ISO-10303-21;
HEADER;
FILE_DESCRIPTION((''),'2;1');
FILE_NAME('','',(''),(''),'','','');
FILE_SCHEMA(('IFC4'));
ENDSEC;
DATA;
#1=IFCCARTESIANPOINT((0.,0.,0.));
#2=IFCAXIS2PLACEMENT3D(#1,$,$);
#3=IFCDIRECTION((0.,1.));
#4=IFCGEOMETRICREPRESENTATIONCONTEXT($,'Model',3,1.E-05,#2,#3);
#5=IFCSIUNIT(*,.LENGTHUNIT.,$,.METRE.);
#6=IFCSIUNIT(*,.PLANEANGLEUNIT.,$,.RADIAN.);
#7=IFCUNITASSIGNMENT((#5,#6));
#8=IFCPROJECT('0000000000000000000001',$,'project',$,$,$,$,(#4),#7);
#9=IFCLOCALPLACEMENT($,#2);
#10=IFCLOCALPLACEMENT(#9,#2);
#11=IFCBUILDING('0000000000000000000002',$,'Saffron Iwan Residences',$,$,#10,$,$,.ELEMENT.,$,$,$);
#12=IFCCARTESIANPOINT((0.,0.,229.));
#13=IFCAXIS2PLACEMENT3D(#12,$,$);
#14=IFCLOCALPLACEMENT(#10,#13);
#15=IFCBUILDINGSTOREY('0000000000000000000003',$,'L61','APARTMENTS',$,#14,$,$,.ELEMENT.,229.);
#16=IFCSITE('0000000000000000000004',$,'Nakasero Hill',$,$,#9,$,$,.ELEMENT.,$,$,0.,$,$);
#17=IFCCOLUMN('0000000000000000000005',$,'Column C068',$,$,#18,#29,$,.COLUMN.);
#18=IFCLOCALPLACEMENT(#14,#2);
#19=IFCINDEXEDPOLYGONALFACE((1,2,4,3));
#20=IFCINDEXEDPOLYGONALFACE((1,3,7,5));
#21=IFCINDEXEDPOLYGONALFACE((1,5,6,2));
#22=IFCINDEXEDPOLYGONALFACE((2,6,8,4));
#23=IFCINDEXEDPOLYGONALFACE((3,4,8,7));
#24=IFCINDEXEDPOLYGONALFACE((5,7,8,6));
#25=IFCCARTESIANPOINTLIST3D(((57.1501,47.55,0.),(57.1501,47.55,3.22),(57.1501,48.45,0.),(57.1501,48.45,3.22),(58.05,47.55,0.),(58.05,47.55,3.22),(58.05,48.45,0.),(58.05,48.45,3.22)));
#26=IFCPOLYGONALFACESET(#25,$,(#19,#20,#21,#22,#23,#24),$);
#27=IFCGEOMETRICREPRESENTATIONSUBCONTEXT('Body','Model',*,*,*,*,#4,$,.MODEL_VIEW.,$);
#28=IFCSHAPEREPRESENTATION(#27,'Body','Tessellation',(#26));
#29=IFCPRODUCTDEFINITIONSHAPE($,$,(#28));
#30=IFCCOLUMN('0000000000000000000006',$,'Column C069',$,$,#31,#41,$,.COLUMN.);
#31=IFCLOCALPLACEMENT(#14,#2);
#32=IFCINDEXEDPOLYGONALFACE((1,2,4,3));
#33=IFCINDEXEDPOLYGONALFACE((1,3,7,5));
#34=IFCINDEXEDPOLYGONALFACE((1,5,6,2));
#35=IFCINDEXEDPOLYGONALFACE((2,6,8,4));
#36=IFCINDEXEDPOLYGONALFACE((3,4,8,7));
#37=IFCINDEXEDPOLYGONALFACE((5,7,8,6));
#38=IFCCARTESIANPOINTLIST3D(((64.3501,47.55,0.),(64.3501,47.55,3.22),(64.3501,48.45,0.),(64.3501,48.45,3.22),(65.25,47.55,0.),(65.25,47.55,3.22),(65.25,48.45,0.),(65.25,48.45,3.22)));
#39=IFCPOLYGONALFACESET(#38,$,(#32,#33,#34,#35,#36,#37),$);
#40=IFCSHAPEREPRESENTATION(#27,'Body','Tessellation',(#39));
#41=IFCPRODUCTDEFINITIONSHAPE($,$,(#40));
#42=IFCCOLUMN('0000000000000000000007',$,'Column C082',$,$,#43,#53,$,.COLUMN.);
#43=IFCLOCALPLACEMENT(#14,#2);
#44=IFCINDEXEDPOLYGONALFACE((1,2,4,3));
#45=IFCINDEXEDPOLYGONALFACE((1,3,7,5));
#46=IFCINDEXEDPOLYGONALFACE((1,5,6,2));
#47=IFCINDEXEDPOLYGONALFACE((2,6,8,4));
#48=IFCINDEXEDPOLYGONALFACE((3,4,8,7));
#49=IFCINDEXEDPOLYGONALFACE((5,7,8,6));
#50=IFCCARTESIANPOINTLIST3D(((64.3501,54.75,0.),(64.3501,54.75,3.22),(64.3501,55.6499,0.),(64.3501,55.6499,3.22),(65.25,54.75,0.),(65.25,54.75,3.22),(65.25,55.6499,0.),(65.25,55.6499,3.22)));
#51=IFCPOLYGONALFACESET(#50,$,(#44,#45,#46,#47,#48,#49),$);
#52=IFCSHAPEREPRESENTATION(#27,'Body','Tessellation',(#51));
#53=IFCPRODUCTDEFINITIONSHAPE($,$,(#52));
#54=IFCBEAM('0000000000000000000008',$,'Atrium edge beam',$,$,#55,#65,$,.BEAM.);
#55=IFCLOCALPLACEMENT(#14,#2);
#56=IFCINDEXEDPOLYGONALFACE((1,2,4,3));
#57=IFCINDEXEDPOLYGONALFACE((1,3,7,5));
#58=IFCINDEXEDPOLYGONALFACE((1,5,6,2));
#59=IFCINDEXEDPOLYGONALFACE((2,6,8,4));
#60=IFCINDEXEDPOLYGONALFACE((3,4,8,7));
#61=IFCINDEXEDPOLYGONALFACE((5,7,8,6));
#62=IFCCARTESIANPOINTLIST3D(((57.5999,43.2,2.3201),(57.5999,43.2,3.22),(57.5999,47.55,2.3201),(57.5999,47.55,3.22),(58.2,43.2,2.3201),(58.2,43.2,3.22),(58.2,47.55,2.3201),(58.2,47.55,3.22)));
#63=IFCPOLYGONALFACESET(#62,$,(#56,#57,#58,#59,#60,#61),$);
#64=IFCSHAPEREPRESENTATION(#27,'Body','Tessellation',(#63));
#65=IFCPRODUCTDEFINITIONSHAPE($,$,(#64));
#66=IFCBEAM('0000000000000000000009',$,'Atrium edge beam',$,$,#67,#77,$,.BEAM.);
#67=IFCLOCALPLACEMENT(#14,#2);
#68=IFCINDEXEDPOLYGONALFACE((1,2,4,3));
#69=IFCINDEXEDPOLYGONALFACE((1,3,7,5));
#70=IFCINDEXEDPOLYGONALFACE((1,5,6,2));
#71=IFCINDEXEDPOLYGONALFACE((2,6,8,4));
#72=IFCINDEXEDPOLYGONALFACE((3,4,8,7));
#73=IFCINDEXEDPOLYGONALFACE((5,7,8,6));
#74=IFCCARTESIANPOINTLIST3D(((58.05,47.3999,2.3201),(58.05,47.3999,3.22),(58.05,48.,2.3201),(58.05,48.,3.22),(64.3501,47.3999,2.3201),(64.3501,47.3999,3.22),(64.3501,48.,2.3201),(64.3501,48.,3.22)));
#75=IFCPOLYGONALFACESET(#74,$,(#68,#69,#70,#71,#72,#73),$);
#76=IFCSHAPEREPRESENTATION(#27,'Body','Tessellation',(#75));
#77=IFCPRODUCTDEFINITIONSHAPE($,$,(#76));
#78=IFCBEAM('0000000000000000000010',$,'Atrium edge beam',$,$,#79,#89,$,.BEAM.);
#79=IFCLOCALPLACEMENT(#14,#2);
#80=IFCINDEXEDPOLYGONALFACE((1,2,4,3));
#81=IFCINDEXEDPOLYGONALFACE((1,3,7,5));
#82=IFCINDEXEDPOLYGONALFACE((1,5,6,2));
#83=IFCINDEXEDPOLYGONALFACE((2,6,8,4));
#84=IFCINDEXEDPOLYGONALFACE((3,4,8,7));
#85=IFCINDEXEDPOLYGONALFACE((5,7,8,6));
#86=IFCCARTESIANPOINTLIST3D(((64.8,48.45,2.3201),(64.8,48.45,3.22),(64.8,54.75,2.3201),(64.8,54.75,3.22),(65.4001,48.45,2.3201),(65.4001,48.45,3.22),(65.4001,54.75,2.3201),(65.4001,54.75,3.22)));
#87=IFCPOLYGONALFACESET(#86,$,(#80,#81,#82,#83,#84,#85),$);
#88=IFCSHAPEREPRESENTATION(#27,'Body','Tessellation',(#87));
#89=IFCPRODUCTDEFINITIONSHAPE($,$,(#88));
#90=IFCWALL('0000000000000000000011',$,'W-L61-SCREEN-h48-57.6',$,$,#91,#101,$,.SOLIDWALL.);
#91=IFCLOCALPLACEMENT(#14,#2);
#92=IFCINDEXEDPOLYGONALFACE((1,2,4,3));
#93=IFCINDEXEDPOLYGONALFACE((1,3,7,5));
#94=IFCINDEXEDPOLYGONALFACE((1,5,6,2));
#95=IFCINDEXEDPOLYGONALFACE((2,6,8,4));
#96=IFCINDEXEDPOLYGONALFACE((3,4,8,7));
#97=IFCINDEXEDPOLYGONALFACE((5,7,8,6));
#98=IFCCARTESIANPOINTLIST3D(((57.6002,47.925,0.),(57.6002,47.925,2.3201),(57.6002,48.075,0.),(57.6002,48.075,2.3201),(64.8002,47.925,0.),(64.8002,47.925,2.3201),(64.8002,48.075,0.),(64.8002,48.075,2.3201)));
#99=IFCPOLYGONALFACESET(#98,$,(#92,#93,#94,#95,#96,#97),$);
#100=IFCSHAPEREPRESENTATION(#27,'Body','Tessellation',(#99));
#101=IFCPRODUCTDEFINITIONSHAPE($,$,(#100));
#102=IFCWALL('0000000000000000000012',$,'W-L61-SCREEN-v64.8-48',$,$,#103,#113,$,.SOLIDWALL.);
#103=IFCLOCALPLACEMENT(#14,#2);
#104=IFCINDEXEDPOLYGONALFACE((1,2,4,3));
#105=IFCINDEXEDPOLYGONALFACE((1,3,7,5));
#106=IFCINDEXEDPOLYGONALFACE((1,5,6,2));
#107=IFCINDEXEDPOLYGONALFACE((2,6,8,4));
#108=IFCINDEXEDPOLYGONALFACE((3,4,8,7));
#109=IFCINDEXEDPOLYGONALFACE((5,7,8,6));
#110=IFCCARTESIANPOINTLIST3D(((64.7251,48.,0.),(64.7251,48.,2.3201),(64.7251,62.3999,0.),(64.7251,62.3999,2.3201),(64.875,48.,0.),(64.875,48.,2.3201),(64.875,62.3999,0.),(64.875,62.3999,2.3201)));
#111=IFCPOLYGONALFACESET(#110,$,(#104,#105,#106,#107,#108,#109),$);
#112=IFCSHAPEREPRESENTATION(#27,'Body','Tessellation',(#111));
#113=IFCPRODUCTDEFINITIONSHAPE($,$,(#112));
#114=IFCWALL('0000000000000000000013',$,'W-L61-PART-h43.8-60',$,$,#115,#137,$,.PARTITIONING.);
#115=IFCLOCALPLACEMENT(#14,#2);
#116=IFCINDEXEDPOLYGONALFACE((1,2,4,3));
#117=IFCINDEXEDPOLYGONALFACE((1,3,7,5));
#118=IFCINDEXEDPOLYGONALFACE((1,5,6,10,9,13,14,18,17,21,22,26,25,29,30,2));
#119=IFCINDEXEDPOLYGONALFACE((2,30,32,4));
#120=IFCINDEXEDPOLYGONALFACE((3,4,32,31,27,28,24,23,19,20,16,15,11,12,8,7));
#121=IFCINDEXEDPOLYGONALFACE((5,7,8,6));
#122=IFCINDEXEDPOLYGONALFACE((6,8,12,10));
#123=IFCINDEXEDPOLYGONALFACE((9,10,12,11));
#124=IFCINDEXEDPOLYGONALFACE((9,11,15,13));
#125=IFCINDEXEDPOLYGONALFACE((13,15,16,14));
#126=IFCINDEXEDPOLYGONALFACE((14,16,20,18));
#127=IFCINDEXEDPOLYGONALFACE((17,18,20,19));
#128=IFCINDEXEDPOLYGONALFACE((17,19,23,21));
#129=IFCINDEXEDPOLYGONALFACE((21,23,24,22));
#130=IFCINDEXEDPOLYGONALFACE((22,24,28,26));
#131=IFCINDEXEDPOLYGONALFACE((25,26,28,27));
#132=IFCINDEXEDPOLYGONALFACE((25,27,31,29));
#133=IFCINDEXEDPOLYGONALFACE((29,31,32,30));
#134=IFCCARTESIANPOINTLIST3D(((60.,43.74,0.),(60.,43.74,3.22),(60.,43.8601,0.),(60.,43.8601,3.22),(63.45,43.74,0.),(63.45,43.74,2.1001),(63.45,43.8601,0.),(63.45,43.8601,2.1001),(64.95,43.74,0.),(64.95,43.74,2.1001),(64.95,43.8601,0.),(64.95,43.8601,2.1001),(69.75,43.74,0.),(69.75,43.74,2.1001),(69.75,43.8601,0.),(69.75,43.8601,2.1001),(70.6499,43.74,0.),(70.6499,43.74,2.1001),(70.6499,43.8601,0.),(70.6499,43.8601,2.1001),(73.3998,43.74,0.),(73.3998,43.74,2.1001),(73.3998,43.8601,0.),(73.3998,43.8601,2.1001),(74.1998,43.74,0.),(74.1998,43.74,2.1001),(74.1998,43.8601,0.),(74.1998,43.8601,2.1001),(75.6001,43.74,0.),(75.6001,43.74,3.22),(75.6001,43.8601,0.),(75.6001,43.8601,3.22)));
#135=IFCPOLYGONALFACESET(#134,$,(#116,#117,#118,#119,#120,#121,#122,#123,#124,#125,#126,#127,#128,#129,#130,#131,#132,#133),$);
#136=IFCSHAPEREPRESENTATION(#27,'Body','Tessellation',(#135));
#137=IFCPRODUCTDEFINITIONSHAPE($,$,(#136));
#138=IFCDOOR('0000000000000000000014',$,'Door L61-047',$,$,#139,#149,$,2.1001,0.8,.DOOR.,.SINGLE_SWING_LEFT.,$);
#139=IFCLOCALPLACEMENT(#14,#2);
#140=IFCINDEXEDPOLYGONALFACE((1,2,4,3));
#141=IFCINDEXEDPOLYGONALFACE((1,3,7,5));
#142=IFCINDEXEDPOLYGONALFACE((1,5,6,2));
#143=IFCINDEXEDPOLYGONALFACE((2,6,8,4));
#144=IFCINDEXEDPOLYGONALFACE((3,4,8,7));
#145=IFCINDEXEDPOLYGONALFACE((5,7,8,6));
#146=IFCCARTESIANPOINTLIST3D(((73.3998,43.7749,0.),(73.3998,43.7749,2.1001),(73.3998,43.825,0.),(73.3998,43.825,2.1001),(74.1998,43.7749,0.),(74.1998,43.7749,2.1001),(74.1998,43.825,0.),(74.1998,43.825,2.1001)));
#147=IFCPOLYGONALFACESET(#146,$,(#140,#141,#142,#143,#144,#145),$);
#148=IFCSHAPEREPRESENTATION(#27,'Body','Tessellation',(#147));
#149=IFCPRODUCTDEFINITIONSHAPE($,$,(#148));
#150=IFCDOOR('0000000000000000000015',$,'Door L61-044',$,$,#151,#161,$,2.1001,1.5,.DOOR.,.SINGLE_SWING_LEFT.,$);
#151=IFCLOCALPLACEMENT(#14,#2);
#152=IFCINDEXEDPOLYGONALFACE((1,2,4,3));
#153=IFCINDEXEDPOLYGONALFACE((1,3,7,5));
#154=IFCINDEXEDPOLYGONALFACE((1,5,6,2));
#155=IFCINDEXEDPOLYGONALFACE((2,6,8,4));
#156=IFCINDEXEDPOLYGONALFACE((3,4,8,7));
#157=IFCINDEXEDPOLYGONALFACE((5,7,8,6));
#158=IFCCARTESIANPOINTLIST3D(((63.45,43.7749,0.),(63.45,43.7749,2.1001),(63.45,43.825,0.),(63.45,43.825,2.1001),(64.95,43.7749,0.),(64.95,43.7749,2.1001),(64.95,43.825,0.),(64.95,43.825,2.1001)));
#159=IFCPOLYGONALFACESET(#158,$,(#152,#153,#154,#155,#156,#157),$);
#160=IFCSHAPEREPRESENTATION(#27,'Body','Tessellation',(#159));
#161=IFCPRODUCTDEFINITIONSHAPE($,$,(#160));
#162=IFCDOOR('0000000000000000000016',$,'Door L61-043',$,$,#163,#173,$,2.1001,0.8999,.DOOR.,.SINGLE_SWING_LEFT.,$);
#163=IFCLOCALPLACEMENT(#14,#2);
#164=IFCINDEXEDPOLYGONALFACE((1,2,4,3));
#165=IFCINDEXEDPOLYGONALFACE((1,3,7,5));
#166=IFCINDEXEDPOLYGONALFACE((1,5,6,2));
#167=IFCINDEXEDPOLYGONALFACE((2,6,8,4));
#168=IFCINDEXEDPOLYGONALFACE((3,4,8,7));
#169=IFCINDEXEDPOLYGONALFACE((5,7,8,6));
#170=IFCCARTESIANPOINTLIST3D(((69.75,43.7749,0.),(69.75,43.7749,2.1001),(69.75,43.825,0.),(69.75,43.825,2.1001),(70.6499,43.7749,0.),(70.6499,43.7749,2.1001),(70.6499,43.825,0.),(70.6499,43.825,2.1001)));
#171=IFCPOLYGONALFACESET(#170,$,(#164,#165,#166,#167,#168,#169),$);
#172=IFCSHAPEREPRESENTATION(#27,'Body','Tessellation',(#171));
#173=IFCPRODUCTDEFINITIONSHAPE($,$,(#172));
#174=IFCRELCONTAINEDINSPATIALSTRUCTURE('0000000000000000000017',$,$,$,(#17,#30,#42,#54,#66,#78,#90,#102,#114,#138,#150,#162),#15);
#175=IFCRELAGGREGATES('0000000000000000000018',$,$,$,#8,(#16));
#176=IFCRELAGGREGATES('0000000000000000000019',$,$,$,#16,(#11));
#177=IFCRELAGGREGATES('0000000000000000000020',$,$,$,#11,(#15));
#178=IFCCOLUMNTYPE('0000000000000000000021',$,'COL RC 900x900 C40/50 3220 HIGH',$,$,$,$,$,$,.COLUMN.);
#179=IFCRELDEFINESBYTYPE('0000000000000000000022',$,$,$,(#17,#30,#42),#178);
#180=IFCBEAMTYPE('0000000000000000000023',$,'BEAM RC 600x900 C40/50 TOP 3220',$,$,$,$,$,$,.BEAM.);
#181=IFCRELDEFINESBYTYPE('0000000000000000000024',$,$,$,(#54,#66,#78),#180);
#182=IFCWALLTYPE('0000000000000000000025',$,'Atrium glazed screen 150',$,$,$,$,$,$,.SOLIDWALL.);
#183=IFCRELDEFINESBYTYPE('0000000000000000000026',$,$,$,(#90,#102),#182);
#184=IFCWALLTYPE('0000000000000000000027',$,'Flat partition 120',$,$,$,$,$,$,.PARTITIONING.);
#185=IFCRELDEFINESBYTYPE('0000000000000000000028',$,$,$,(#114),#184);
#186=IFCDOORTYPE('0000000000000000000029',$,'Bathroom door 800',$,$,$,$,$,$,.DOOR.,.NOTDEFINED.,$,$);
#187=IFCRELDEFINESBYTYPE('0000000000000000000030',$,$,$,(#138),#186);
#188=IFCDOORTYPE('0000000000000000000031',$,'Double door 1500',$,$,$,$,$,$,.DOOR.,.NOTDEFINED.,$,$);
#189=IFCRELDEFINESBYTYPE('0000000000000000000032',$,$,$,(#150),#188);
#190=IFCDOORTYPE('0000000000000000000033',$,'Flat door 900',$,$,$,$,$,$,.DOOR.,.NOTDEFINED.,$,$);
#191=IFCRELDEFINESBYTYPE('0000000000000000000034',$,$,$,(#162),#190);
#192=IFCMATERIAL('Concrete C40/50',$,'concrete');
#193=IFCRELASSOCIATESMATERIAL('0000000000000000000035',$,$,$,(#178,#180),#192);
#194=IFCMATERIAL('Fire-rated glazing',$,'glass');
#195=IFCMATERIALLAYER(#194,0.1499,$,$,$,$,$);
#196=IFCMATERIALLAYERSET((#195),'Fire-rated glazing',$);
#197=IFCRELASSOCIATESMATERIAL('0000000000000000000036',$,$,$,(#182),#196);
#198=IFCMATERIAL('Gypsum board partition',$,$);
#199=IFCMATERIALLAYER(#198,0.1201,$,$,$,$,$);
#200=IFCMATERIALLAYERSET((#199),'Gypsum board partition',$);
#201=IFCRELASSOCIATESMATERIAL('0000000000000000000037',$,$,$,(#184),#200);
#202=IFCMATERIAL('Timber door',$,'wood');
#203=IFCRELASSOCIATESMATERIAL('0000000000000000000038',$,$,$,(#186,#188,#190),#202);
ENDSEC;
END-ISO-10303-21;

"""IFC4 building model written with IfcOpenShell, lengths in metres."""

from ifc_helpers import new_model, si_unit, direction, frame, frame_2d, origin, origin_2d, place, context, subcontext, project, spatial, rectangle, extrude, source, transform, mapped, material, layer, layer_set, material_profile, profile_set, type_object, element, fill, save


model = new_model("IFC4")

# Units and contexts
model_context = context("Model", 3, precision=1e-05, world=origin(), true_north=direction((0.0, 1.0)))
body_context = subcontext(model_context, "Body", "Model", "MODEL_VIEW")
ifc_project = project(units=[si_unit("LENGTHUNIT", "METRE"), si_unit("PLANEANGLEUNIT", "RADIAN")], contexts=[model_context])

# Site, building, storey
site_placement = place(None, origin())
site = spatial("IfcSite", under=ifc_project, at=site_placement, Name="Nakasero Hill", CompositionType="ELEMENT", RefElevation=0.0)
building_placement = place(site_placement, origin())
building = spatial("IfcBuilding", under=site, at=building_placement, Name="Saffron Iwan Residences", CompositionType="ELEMENT")
storey_placement = place(building_placement, frame((0.0, 0.0, 229.0)))
storey = spatial("IfcBuildingStorey", under=building, at=storey_placement, Name="L61", Description="APARTMENTS", CompositionType="ELEMENT", Elevation=229.0)

# Columns
ifc_material_1 = material(Name="Concrete C40/50", Category="concrete")
ifc_material_profile_1 = material_profile(ifc_material_1, rectangle(XDim=0.8999, YDim=0.8999, at=origin_2d()), Name="RC 900x900")
ifc_profile_set_1 = profile_set([ifc_material_profile_1], Name="Concrete C40/50")
column_type = type_object("IfcColumnType", Name="COL RC 900x900 C40/50 3220 HIGH", PredefinedType="COLUMN", material=ifc_profile_set_1)
shared_shape_1 = source(origin(), body_context, "Body", "SweptSolid", [
    extrude(rectangle(XDim=0.8999, YDim=0.8999, at=origin_2d()), origin(), (0.0, 0.0, 1.0), 3.22),
])
for number, where, z_axis, x_axis, name in (
    (1, (57.6001, 48.0, 0.0), (0.0, 0.0, 1.0), (1.0, 0.0, 0.0), "Column C068"),
    (2, (64.8, 48.0, 0.0), (0.0, 0.0, 1.0), (1.0, 0.0, 0.0), "Column C069"),
    (3, (64.8, 55.2, 0.0), (0.0, 0.0, 1.0), (1.0, 0.0, 0.0), "Column C082"),
):
    element("IfcColumn", number, at=place(storey_placement, frame(where, z_axis=z_axis, x_axis=x_axis)), inside=storey, type_object=column_type, Name=name, PredefinedType="COLUMN", context=body_context, shape_type="MappedRepresentation", body=[
        mapped(shared_shape_1, transform((0.0, 0.0, 0.0))),
    ])

# Beams
ifc_material_profile_2 = material_profile(ifc_material_1, rectangle(XDim=0.6001, YDim=0.8999, at=origin_2d()), Name="RC 600x900")
ifc_profile_set_2 = profile_set([ifc_material_profile_2], Name="Concrete C40/50")
beam_type = type_object("IfcBeamType", Name="BEAM RC 600x900 C40/50 TOP 3220", PredefinedType="BEAM", material=ifc_profile_set_2)
shared_shape_2 = source(origin(), body_context, "Body", "SweptSolid", [
    extrude(rectangle(XDim=0.6001, YDim=0.8999, at=origin_2d()), origin(), (0.0, 0.0, 1.0), 4.3501),
])
beam_placement = place(storey_placement, frame((57.8999, 47.55, 2.77), z_axis=(0.0, -1.0, 0.0), x_axis=(1.0, 0.0, 0.0)))
element("IfcBeam", 4, at=beam_placement, inside=storey, type_object=beam_type, Name="Atrium edge beam", PredefinedType="BEAM", context=body_context, shape_type="MappedRepresentation", body=[
    mapped(shared_shape_2, transform((0.0, 0.0, 0.0))),
])
shared_shape_3 = source(origin(), body_context, "Body", "SweptSolid", [
    extrude(rectangle(XDim=0.6001, YDim=0.8999, at=origin_2d()), origin(), (0.0, 0.0, 1.0), 6.3),
])
for number, where, z_axis, x_axis, name in (
    (5, (64.3501, 47.7, 2.77), (-1.0, 0.0, 0.0), (0.0, -1.0, 0.0), "Atrium edge beam"),
    (6, (65.1001, 54.75, 2.77), (0.0, -1.0, 0.0), (1.0, 0.0, 0.0), "Atrium edge beam"),
):
    element("IfcBeam", number, at=place(storey_placement, frame(where, z_axis=z_axis, x_axis=x_axis)), inside=storey, type_object=beam_type, Name=name, PredefinedType="BEAM", context=body_context, shape_type="MappedRepresentation", body=[
        mapped(shared_shape_3, transform((0.0, 0.0, 0.0))),
    ])

# Walls
ifc_material_2 = material(Name="Fire-rated glazing", Category="glass")
ifc_layer_1 = layer(ifc_material_2, 0.1499)
ifc_layer_set_1 = layer_set([ifc_layer_1], Name="Fire-rated glazing")
wall_type_1 = type_object("IfcWallType", Name="Atrium glazed screen 150", PredefinedType="SOLIDWALL", material=ifc_layer_set_1)
wall_1_placement = place(storey_placement, frame((57.6001, 48.0, 0.0), z_axis=(0.0, 0.0, 1.0), x_axis=(1.0, 0.0, 0.0)))
element("IfcWall", 7, at=wall_1_placement, inside=storey, type_object=wall_type_1, Name="W-L61-SCREEN-h48-57.6", PredefinedType="SOLIDWALL", context=body_context, shape_type="SweptSolid", body=[
    extrude(rectangle(XDim=7.2, YDim=0.1499, at=frame_2d((3.6001, 0.0))), origin(), (0.0, 0.0, 1.0), 2.3201),
])
wall_2_placement = place(storey_placement, frame((64.8, 48.0, 0.0), z_axis=(0.0, 0.0, 1.0), x_axis=(0.0, 1.0, 0.0)))
element("IfcWall", 8, at=wall_2_placement, inside=storey, type_object=wall_type_1, Name="W-L61-SCREEN-v64.8-48", PredefinedType="SOLIDWALL", context=body_context, shape_type="SweptSolid", body=[
    extrude(rectangle(XDim=14.3999, YDim=0.1499, at=frame_2d((7.2, 0.0))), origin(), (0.0, 0.0, 1.0), 2.3201),
])

# Wall, openings, doors
ifc_material_3 = material(Name="Gypsum board partition")
ifc_layer_2 = layer(ifc_material_3, 0.1201)
ifc_layer_set_2 = layer_set([ifc_layer_2], Name="Gypsum board partition")
wall_type_2 = type_object("IfcWallType", Name="Flat partition 120", PredefinedType="PARTITIONING", material=ifc_layer_set_2)
wall_3_placement = place(storey_placement, frame((60.0, 43.8, 0.0), z_axis=(0.0, 0.0, 1.0), x_axis=(1.0, 0.0, 0.0)))
wall_3 = element("IfcWall", 9, at=wall_3_placement, inside=storey, type_object=wall_type_2, Name="W-L61-PART-h43.8-60", PredefinedType="PARTITIONING", context=body_context, shape_type="SweptSolid", body=[
    extrude(rectangle(XDim=15.6001, YDim=0.1201, at=frame_2d((7.8, 0.0))), origin(), (0.0, 0.0, 1.0), 3.22),
])
opening_1_placement = place(wall_3_placement, frame((9.75, 0.0, 0.0)))
opening_1 = element("IfcOpeningElement", 10, at=opening_1_placement, cuts=wall_3, PredefinedType="OPENING", context=body_context, shape_type="SweptSolid", body=[
    extrude(rectangle(XDim=0.8999, YDim=2.1001, at=frame_2d((0.45, 1.05))), frame((0.0, 0.0701, 0.0), z_axis=(0.0, -1.0, 0.0), x_axis=(1.0, 0.0, 0.0)), (0.0, 0.0, 1.0), 0.1401),
])
opening_2_placement = place(wall_3_placement, frame((3.45, 0.0, 0.0)))
opening_2 = element("IfcOpeningElement", 11, at=opening_2_placement, cuts=wall_3, PredefinedType="OPENING", context=body_context, shape_type="SweptSolid", body=[
    extrude(rectangle(XDim=1.5, YDim=2.1001, at=frame_2d((0.75, 1.05))), frame((0.0, 0.0701, 0.0), z_axis=(0.0, -1.0, 0.0), x_axis=(1.0, 0.0, 0.0)), (0.0, 0.0, 1.0), 0.1401),
])
opening_3_placement = place(wall_3_placement, frame((13.3999, 0.0, 0.0)))
opening_3 = element("IfcOpeningElement", 12, at=opening_3_placement, cuts=wall_3, PredefinedType="OPENING", context=body_context, shape_type="SweptSolid", body=[
    extrude(rectangle(XDim=0.8, YDim=2.1001, at=frame_2d((0.3999, 1.05))), frame((0.0, 0.0701, 0.0), z_axis=(0.0, -1.0, 0.0), x_axis=(1.0, 0.0, 0.0)), (0.0, 0.0, 1.0), 0.1401),
])
ifc_material_4 = material(Name="Timber door", Category="wood")
door_type_1 = type_object("IfcDoorType", Name="Bathroom door 800", OperationType="NOTDEFINED", PredefinedType="DOOR", material=ifc_material_4)
door_1_placement = place(opening_3_placement, origin())
door_1 = element("IfcDoor", 13, at=door_1_placement, inside=storey, type_object=door_type_1, Name="Door L61-047", OperationType="SINGLE_SWING_LEFT", OverallHeight=2.1001, OverallWidth=0.8, PredefinedType="DOOR", context=body_context, shape_type="SweptSolid", body=[
    extrude(rectangle(XDim=0.8, YDim=2.1001, at=frame_2d((0.3999, 1.05))), frame((0.0, 0.0249, 0.0), z_axis=(0.0, -1.0, 0.0), x_axis=(1.0, 0.0, 0.0)), (0.0, 0.0, 1.0), 0.05),
])
fill(opening_3, door_1)
door_type_2 = type_object("IfcDoorType", Name="Double door 1500", OperationType="NOTDEFINED", PredefinedType="DOOR", material=ifc_material_4)
door_2_placement = place(opening_2_placement, origin())
door_2 = element("IfcDoor", 14, at=door_2_placement, inside=storey, type_object=door_type_2, Name="Door L61-044", OperationType="SINGLE_SWING_LEFT", OverallHeight=2.1001, OverallWidth=1.5, PredefinedType="DOOR", context=body_context, shape_type="SweptSolid", body=[
    extrude(rectangle(XDim=1.5, YDim=2.1001, at=frame_2d((0.75, 1.05))), frame((0.0, 0.0249, 0.0), z_axis=(0.0, -1.0, 0.0), x_axis=(1.0, 0.0, 0.0)), (0.0, 0.0, 1.0), 0.05),
])
fill(opening_2, door_2)
door_type_3 = type_object("IfcDoorType", Name="Flat door 900", OperationType="NOTDEFINED", PredefinedType="DOOR", material=ifc_material_4)
door_3_placement = place(opening_1_placement, origin())
door_3 = element("IfcDoor", 15, at=door_3_placement, inside=storey, type_object=door_type_3, Name="Door L61-043", OperationType="SINGLE_SWING_LEFT", OverallHeight=2.1001, OverallWidth=0.8999, PredefinedType="DOOR", context=body_context, shape_type="SweptSolid", body=[
    extrude(rectangle(XDim=0.8999, YDim=2.1001, at=frame_2d((0.45, 1.05))), frame((0.0, 0.0249, 0.0), z_axis=(0.0, -1.0, 0.0), x_axis=(1.0, 0.0, 0.0)), (0.0, 0.0, 1.0), 0.05),
])
fill(opening_1, door_3)

save(model, "model.ifc")
